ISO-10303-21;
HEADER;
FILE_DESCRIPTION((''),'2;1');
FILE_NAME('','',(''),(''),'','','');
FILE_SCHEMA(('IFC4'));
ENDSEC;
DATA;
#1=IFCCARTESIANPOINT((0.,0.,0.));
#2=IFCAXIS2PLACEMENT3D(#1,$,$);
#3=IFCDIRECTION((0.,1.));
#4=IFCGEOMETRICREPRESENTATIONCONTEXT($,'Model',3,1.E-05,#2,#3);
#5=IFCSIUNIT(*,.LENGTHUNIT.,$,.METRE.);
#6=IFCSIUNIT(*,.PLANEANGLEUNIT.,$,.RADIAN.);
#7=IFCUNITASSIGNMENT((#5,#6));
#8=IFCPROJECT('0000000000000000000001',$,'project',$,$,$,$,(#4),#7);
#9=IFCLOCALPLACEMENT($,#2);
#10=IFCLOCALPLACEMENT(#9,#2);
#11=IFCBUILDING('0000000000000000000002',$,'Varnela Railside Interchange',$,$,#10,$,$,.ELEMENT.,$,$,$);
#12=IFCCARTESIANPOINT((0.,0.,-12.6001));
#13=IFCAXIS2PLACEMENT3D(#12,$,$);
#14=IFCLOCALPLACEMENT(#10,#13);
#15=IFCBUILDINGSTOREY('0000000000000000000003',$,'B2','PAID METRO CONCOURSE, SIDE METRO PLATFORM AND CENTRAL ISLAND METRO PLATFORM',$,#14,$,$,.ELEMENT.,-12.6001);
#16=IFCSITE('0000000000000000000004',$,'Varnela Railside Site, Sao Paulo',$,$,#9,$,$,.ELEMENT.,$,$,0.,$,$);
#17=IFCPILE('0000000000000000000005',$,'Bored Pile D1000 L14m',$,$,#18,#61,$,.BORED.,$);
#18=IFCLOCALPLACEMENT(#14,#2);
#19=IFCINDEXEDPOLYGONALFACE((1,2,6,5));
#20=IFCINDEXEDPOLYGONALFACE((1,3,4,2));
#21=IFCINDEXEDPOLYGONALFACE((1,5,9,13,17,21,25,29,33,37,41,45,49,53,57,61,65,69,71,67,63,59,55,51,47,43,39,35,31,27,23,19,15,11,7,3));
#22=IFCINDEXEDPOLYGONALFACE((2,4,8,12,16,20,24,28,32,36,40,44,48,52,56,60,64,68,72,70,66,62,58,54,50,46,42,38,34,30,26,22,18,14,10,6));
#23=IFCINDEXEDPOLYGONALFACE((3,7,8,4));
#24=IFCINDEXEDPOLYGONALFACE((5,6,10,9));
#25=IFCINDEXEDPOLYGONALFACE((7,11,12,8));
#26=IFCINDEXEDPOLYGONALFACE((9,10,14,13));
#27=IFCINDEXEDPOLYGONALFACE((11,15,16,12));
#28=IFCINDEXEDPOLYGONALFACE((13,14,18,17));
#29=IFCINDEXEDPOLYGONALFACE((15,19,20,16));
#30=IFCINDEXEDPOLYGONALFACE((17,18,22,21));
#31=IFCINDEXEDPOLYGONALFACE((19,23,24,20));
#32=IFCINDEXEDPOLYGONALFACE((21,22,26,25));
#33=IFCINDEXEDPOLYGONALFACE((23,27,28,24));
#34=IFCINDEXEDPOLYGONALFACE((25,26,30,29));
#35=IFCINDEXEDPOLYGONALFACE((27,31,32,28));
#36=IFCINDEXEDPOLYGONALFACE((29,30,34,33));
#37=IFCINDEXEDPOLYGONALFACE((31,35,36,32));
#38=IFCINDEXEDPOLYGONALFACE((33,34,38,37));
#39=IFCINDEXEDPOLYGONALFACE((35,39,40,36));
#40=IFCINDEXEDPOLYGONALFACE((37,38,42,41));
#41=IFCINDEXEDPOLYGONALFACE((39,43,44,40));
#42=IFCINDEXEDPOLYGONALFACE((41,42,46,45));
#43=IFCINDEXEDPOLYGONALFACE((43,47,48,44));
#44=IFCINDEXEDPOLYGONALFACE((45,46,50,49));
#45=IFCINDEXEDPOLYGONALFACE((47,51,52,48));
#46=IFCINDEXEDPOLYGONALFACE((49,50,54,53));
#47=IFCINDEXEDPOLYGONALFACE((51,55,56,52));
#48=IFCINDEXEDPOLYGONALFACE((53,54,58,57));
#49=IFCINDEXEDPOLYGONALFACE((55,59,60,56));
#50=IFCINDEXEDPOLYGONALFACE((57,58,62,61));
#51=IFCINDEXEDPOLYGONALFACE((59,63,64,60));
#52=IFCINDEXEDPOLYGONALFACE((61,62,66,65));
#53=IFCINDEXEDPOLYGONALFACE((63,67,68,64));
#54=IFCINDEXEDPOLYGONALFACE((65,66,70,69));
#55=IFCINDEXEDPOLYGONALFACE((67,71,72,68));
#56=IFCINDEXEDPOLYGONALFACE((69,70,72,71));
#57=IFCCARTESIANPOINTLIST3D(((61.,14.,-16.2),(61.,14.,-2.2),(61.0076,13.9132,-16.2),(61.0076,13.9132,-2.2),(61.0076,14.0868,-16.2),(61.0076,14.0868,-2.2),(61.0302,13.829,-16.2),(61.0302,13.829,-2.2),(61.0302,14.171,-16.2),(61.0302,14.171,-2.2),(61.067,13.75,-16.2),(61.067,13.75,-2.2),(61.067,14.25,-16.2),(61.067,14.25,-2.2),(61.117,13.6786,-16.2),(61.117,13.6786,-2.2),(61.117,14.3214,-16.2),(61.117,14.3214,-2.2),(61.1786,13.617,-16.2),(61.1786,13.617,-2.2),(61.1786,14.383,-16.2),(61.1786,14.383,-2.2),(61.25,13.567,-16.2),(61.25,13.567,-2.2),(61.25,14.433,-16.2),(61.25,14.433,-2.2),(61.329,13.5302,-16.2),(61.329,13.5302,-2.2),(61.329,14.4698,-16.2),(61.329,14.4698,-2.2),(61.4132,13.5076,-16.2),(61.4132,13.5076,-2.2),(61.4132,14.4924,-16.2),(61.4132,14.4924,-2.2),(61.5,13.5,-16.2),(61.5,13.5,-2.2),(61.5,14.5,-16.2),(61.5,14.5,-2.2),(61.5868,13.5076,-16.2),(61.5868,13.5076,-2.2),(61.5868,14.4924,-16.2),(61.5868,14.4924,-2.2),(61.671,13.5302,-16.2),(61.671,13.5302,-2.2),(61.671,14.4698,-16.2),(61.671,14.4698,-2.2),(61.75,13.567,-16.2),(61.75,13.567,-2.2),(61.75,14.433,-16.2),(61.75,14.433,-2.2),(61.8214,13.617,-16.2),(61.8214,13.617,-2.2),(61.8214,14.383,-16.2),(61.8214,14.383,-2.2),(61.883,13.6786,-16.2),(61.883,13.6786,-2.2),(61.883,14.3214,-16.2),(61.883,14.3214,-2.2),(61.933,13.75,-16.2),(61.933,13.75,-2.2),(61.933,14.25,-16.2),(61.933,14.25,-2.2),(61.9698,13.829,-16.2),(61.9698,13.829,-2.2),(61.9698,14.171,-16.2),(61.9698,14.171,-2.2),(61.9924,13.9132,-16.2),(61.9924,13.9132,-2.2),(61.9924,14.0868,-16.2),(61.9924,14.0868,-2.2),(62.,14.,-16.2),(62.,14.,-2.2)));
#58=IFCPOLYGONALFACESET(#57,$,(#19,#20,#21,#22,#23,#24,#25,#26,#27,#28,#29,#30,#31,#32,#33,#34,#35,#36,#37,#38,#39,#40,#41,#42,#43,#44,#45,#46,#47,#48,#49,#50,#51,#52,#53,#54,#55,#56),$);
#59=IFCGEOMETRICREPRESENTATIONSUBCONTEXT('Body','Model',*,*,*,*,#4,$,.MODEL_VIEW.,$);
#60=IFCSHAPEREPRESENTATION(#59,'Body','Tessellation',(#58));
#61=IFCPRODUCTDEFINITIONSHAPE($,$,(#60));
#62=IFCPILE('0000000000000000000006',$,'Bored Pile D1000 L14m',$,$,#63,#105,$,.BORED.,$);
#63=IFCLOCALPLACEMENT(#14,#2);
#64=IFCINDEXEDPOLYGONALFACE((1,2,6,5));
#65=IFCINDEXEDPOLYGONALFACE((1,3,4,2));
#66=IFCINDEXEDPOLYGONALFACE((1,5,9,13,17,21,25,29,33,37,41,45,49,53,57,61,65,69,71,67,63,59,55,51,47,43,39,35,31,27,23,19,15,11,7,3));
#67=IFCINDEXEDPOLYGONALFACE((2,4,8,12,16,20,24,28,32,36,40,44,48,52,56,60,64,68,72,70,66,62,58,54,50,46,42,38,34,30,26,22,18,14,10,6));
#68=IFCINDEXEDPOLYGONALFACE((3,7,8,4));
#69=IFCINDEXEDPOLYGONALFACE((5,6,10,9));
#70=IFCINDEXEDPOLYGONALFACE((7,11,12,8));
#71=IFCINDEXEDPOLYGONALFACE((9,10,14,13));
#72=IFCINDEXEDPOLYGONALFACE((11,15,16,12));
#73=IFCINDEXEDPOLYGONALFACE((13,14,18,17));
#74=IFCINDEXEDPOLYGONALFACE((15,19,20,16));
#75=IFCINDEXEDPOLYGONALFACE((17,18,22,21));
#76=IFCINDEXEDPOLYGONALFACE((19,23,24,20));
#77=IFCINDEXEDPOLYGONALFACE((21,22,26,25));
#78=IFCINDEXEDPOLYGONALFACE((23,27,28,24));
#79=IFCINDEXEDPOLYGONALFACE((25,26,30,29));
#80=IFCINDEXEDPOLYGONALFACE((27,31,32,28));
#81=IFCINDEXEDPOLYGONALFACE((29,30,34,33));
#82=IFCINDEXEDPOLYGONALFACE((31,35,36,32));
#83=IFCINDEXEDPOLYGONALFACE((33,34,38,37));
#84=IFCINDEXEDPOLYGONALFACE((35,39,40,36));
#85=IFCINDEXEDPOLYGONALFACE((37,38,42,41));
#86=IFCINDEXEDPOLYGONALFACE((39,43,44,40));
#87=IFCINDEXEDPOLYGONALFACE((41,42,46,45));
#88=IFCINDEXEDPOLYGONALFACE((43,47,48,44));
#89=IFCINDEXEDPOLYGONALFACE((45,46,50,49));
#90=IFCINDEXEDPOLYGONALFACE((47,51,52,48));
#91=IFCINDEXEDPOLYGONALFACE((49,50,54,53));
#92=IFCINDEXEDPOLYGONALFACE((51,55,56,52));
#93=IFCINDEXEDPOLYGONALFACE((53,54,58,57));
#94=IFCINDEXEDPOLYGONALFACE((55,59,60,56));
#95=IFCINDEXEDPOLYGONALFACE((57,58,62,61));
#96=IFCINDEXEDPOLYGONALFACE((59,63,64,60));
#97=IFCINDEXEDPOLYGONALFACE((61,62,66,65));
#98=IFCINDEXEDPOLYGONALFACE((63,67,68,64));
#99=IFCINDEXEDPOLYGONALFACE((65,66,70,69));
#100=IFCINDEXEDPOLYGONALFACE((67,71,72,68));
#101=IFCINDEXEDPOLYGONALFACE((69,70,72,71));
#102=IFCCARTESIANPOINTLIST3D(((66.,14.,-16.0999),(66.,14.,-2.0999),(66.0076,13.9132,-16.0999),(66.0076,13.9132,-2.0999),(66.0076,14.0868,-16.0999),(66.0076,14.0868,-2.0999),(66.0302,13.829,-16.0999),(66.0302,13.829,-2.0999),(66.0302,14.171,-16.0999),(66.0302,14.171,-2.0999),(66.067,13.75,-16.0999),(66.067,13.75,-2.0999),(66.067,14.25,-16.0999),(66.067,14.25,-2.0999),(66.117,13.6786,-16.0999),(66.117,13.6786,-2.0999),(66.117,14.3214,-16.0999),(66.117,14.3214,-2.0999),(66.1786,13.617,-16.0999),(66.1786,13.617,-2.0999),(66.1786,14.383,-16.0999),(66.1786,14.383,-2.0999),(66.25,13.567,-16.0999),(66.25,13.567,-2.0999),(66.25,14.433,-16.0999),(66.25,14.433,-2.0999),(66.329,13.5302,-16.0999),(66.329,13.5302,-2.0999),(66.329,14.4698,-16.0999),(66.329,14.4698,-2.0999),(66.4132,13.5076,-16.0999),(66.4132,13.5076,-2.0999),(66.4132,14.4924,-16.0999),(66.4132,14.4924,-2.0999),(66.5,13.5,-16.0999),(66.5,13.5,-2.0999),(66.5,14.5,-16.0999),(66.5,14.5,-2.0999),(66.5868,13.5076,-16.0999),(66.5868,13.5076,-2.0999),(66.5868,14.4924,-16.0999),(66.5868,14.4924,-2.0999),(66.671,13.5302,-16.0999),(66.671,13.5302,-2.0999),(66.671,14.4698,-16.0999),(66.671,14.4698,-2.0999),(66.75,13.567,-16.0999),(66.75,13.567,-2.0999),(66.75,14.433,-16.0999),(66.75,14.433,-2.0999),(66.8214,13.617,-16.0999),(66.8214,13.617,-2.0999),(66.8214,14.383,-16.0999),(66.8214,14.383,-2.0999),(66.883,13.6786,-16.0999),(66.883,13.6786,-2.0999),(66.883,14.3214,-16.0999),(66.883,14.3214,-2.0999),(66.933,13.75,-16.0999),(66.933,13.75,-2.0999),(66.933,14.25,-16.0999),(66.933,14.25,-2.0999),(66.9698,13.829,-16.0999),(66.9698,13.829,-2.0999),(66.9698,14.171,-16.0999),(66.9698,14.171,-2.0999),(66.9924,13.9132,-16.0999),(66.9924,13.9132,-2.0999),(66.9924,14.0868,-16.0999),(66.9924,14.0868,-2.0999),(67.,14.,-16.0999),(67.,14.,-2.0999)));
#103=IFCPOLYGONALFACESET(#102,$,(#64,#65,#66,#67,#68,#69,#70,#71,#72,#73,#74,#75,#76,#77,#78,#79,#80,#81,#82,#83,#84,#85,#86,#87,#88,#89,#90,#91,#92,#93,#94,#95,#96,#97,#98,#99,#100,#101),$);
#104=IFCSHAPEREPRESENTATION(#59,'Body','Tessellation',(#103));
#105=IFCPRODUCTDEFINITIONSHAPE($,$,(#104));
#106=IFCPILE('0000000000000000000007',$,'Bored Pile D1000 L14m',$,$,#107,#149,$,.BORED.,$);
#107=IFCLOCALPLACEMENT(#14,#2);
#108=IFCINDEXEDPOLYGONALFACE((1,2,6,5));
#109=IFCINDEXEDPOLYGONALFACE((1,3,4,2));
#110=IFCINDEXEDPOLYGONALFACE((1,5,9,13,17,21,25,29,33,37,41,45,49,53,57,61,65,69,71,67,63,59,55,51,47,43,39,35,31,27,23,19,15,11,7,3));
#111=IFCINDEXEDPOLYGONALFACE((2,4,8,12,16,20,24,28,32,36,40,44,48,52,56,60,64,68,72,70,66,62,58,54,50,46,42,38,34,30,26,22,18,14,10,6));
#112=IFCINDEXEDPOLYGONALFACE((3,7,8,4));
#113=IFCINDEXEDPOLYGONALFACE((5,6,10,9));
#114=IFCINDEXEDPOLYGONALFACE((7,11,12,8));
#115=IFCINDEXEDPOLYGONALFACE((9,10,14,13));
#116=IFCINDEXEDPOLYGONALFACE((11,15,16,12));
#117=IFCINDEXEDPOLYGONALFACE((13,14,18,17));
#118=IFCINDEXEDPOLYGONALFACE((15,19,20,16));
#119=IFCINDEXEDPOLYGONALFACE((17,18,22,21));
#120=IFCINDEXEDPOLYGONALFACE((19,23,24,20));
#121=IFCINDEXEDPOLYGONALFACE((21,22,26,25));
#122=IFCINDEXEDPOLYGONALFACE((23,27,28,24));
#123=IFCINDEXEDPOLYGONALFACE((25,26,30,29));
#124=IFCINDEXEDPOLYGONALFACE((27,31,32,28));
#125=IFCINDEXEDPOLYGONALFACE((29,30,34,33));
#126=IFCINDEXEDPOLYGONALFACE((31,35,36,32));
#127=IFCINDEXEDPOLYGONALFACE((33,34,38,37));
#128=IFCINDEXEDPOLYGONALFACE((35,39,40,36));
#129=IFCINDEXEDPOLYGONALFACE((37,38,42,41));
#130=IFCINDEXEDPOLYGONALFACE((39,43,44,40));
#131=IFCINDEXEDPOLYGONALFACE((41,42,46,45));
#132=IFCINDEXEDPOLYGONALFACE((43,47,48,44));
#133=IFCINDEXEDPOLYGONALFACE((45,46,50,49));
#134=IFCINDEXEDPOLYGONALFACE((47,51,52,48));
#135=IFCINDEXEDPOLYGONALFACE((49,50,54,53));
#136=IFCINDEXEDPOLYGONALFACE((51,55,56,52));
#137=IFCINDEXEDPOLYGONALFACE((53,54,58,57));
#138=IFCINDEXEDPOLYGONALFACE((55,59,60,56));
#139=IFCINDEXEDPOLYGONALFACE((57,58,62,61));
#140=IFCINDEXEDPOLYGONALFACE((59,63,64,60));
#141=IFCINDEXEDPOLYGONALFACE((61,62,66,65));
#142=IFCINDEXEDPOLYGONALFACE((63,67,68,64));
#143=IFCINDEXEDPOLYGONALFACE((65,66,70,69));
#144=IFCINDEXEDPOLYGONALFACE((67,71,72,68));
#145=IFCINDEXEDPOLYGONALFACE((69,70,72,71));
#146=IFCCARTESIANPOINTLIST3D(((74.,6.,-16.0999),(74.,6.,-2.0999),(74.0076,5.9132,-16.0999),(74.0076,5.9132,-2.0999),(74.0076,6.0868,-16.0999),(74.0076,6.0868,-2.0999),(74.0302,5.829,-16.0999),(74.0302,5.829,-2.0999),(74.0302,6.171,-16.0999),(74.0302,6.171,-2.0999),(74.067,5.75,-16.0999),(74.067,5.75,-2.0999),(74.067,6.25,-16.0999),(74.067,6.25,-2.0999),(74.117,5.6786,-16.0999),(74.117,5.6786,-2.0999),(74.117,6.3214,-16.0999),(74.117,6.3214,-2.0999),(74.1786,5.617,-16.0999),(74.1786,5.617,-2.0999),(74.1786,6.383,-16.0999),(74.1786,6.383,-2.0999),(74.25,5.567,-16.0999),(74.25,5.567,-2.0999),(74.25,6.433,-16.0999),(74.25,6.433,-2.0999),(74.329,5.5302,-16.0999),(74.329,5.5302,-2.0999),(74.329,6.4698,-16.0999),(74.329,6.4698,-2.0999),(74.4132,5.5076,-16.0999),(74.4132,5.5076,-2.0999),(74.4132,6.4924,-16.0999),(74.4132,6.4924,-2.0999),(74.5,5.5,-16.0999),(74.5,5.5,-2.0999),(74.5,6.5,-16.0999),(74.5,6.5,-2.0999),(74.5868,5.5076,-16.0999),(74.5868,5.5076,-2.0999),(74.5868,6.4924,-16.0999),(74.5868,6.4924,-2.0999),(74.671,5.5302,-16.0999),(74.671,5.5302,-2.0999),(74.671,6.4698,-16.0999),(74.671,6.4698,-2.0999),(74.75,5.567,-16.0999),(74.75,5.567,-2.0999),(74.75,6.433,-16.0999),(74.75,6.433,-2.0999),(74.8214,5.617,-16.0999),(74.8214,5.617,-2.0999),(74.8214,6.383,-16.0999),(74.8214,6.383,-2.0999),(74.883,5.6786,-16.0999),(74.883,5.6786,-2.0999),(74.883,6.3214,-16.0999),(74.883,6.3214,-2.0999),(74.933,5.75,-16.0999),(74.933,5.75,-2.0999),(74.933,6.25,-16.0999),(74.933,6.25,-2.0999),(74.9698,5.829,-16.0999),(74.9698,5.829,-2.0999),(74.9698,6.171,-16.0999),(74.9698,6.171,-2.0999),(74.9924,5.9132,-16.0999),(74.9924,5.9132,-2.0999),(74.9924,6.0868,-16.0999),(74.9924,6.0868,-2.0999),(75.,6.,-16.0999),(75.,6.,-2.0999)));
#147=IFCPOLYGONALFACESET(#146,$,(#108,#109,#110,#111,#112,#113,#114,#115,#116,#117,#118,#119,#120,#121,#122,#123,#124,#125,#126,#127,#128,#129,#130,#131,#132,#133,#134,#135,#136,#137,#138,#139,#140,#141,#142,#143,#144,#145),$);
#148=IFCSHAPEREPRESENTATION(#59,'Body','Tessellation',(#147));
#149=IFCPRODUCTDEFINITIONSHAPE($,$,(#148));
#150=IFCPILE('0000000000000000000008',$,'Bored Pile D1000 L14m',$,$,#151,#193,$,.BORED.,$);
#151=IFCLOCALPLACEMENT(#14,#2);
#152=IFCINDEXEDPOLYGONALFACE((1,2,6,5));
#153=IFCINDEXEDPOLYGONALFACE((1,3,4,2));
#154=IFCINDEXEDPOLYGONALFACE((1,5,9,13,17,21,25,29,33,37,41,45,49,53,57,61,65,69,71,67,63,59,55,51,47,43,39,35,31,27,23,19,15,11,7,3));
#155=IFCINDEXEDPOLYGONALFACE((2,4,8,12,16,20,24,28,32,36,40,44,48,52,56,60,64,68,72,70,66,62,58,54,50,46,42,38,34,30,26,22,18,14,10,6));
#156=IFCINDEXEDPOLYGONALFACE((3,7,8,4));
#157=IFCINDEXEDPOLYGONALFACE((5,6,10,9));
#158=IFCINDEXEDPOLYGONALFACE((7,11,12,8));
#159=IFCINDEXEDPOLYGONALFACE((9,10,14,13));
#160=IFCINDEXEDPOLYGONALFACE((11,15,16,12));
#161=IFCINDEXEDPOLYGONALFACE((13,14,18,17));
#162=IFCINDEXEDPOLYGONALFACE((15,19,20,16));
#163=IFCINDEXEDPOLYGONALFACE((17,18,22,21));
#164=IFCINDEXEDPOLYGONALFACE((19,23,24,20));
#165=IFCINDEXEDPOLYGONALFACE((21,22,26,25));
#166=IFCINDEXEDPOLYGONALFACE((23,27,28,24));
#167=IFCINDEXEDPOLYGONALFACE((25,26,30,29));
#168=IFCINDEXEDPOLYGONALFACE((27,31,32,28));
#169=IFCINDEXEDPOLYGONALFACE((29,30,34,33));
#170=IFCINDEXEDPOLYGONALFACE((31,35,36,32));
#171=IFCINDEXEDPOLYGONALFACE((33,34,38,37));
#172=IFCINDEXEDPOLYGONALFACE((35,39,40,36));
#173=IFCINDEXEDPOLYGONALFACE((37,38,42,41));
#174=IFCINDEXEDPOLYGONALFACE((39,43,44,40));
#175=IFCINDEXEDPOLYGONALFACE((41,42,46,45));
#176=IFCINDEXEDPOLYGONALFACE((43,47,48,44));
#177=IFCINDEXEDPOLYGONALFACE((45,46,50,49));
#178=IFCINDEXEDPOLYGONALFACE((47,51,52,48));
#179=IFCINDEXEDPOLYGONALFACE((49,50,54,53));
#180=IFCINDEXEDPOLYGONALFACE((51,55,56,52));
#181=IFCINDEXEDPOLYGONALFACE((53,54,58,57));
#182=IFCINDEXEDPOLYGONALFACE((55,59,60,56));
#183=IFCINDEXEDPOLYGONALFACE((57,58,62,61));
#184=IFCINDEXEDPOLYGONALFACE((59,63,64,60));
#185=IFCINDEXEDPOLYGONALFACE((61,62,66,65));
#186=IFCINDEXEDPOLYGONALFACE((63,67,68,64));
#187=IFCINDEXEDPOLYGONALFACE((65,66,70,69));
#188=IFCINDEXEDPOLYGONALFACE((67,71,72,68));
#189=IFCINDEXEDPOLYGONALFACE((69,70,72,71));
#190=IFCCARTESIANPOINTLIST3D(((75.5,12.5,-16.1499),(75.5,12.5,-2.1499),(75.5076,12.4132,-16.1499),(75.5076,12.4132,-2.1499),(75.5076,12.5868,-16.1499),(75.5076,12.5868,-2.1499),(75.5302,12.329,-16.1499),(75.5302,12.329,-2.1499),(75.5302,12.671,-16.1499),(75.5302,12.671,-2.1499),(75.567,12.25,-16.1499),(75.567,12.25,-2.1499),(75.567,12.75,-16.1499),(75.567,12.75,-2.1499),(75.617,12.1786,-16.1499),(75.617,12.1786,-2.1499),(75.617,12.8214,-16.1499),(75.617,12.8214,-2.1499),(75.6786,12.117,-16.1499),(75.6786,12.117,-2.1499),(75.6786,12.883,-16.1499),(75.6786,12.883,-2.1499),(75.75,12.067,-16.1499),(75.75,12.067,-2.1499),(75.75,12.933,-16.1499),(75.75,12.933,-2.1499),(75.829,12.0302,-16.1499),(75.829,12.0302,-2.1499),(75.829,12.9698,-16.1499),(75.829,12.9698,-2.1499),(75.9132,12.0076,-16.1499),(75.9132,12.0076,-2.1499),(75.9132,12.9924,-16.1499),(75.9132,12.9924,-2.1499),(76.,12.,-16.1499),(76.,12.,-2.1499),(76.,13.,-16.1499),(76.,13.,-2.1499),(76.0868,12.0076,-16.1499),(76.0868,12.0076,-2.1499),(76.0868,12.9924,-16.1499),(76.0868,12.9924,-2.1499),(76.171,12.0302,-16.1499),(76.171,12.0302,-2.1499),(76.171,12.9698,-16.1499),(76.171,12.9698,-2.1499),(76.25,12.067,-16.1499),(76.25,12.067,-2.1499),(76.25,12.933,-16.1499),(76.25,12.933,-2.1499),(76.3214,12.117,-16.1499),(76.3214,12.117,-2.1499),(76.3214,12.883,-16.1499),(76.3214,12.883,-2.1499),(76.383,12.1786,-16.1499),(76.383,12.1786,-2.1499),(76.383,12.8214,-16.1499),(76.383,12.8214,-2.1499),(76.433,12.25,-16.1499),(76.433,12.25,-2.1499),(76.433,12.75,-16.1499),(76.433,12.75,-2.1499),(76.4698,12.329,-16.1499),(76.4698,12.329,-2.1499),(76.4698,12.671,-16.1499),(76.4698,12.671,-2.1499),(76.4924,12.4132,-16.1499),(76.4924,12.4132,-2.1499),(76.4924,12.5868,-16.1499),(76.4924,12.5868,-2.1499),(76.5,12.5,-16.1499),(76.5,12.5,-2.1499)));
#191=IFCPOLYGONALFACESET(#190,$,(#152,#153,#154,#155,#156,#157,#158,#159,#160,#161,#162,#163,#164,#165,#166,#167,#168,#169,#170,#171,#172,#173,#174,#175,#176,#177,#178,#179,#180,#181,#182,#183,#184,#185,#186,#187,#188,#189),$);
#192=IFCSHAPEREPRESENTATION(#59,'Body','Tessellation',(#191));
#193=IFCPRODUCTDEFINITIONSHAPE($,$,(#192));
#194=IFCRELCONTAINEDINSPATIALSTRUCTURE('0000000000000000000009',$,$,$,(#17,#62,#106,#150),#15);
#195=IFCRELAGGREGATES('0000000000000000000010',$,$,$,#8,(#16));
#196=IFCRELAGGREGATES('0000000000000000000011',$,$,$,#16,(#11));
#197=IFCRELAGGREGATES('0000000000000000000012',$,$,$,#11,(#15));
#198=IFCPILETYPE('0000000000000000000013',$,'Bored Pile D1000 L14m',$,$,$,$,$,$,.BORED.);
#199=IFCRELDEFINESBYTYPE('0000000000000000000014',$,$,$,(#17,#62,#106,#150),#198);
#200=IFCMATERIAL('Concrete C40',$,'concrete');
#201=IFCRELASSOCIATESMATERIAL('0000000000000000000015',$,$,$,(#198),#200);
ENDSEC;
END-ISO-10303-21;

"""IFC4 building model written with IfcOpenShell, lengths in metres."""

from ifc_helpers import new_model, si_unit, direction, frame, origin, origin_2d, place, context, subcontext, project, spatial, circle, extrude, material, material_profile, profile_set, type_object, element, save


model = new_model("IFC4")

# Units and contexts
model_context = context("Model", 3, precision=1e-05, world=origin(), true_north=direction((0.0, 1.0)))
body_context = subcontext(model_context, "Body", "Model", "MODEL_VIEW")
ifc_project = project(units=[si_unit("LENGTHUNIT", "METRE"), si_unit("PLANEANGLEUNIT", "RADIAN")], contexts=[model_context])

# Site, building, storey
site_placement = place(None, origin())
site = spatial("IfcSite", under=ifc_project, at=site_placement, Name="Varnela Railside Site, Sao Paulo", CompositionType="ELEMENT", RefElevation=0.0)
building_placement = place(site_placement, origin())
building = spatial("IfcBuilding", under=site, at=building_placement, Name="Varnela Railside Interchange", CompositionType="ELEMENT")
storey_placement = place(building_placement, frame((0.0, 0.0, -12.6001)))
storey = spatial("IfcBuildingStorey", under=building, at=storey_placement, Name="B2", Description="PAID METRO CONCOURSE, SIDE METRO PLATFORM AND CENTRAL ISLAND METRO PLATFORM", CompositionType="ELEMENT", Elevation=-12.6001)

# Piles
ifc_material_1 = material(Name="Concrete C40", Category="concrete")
ifc_material_profile_1 = material_profile(ifc_material_1, circle(Radius=0.5, at=origin_2d()), Name="BORED PILE D1000")
ifc_profile_set_1 = profile_set([ifc_material_profile_1], Name="Concrete C40")
pile_type_1 = type_object("IfcPileType", Name="Bored Pile D1000 L14m", PredefinedType="BORED", material=ifc_profile_set_1)
for number, where, z_axis, x_axis, name in (
    (1, (61.5, 14.0, -2.2), (0.0, 0.0, -1.0), (1.0, 0.0, 0.0), "Bored Pile D1000 L14m"),
    (2, (66.5, 14.0, -2.0999), (0.0, 0.0, -1.0), (1.0, 0.0, 0.0), "Bored Pile D1000 L14m"),
    (3, (74.5, 6.0, -2.0999), (0.0, 0.0, -1.0), (1.0, 0.0, 0.0), "Bored Pile D1000 L14m"),
    (4, (76.0, 12.5, -2.1499), (0.0, 0.0, -1.0), (1.0, 0.0, 0.0), "Bored Pile D1000 L14m"),
):
    element("IfcPile", number, at=place(storey_placement, frame(where, z_axis=z_axis, x_axis=x_axis)), inside=storey, type_object=pile_type_1, Name=name, PredefinedType="BORED", context=body_context, shape_type="SweptSolid", body=[
        extrude(circle(Radius=0.5, at=origin_2d()), origin(), (0.0, 0.0, 1.0), 14.0),
    ])

save(model, "model.ifc")
